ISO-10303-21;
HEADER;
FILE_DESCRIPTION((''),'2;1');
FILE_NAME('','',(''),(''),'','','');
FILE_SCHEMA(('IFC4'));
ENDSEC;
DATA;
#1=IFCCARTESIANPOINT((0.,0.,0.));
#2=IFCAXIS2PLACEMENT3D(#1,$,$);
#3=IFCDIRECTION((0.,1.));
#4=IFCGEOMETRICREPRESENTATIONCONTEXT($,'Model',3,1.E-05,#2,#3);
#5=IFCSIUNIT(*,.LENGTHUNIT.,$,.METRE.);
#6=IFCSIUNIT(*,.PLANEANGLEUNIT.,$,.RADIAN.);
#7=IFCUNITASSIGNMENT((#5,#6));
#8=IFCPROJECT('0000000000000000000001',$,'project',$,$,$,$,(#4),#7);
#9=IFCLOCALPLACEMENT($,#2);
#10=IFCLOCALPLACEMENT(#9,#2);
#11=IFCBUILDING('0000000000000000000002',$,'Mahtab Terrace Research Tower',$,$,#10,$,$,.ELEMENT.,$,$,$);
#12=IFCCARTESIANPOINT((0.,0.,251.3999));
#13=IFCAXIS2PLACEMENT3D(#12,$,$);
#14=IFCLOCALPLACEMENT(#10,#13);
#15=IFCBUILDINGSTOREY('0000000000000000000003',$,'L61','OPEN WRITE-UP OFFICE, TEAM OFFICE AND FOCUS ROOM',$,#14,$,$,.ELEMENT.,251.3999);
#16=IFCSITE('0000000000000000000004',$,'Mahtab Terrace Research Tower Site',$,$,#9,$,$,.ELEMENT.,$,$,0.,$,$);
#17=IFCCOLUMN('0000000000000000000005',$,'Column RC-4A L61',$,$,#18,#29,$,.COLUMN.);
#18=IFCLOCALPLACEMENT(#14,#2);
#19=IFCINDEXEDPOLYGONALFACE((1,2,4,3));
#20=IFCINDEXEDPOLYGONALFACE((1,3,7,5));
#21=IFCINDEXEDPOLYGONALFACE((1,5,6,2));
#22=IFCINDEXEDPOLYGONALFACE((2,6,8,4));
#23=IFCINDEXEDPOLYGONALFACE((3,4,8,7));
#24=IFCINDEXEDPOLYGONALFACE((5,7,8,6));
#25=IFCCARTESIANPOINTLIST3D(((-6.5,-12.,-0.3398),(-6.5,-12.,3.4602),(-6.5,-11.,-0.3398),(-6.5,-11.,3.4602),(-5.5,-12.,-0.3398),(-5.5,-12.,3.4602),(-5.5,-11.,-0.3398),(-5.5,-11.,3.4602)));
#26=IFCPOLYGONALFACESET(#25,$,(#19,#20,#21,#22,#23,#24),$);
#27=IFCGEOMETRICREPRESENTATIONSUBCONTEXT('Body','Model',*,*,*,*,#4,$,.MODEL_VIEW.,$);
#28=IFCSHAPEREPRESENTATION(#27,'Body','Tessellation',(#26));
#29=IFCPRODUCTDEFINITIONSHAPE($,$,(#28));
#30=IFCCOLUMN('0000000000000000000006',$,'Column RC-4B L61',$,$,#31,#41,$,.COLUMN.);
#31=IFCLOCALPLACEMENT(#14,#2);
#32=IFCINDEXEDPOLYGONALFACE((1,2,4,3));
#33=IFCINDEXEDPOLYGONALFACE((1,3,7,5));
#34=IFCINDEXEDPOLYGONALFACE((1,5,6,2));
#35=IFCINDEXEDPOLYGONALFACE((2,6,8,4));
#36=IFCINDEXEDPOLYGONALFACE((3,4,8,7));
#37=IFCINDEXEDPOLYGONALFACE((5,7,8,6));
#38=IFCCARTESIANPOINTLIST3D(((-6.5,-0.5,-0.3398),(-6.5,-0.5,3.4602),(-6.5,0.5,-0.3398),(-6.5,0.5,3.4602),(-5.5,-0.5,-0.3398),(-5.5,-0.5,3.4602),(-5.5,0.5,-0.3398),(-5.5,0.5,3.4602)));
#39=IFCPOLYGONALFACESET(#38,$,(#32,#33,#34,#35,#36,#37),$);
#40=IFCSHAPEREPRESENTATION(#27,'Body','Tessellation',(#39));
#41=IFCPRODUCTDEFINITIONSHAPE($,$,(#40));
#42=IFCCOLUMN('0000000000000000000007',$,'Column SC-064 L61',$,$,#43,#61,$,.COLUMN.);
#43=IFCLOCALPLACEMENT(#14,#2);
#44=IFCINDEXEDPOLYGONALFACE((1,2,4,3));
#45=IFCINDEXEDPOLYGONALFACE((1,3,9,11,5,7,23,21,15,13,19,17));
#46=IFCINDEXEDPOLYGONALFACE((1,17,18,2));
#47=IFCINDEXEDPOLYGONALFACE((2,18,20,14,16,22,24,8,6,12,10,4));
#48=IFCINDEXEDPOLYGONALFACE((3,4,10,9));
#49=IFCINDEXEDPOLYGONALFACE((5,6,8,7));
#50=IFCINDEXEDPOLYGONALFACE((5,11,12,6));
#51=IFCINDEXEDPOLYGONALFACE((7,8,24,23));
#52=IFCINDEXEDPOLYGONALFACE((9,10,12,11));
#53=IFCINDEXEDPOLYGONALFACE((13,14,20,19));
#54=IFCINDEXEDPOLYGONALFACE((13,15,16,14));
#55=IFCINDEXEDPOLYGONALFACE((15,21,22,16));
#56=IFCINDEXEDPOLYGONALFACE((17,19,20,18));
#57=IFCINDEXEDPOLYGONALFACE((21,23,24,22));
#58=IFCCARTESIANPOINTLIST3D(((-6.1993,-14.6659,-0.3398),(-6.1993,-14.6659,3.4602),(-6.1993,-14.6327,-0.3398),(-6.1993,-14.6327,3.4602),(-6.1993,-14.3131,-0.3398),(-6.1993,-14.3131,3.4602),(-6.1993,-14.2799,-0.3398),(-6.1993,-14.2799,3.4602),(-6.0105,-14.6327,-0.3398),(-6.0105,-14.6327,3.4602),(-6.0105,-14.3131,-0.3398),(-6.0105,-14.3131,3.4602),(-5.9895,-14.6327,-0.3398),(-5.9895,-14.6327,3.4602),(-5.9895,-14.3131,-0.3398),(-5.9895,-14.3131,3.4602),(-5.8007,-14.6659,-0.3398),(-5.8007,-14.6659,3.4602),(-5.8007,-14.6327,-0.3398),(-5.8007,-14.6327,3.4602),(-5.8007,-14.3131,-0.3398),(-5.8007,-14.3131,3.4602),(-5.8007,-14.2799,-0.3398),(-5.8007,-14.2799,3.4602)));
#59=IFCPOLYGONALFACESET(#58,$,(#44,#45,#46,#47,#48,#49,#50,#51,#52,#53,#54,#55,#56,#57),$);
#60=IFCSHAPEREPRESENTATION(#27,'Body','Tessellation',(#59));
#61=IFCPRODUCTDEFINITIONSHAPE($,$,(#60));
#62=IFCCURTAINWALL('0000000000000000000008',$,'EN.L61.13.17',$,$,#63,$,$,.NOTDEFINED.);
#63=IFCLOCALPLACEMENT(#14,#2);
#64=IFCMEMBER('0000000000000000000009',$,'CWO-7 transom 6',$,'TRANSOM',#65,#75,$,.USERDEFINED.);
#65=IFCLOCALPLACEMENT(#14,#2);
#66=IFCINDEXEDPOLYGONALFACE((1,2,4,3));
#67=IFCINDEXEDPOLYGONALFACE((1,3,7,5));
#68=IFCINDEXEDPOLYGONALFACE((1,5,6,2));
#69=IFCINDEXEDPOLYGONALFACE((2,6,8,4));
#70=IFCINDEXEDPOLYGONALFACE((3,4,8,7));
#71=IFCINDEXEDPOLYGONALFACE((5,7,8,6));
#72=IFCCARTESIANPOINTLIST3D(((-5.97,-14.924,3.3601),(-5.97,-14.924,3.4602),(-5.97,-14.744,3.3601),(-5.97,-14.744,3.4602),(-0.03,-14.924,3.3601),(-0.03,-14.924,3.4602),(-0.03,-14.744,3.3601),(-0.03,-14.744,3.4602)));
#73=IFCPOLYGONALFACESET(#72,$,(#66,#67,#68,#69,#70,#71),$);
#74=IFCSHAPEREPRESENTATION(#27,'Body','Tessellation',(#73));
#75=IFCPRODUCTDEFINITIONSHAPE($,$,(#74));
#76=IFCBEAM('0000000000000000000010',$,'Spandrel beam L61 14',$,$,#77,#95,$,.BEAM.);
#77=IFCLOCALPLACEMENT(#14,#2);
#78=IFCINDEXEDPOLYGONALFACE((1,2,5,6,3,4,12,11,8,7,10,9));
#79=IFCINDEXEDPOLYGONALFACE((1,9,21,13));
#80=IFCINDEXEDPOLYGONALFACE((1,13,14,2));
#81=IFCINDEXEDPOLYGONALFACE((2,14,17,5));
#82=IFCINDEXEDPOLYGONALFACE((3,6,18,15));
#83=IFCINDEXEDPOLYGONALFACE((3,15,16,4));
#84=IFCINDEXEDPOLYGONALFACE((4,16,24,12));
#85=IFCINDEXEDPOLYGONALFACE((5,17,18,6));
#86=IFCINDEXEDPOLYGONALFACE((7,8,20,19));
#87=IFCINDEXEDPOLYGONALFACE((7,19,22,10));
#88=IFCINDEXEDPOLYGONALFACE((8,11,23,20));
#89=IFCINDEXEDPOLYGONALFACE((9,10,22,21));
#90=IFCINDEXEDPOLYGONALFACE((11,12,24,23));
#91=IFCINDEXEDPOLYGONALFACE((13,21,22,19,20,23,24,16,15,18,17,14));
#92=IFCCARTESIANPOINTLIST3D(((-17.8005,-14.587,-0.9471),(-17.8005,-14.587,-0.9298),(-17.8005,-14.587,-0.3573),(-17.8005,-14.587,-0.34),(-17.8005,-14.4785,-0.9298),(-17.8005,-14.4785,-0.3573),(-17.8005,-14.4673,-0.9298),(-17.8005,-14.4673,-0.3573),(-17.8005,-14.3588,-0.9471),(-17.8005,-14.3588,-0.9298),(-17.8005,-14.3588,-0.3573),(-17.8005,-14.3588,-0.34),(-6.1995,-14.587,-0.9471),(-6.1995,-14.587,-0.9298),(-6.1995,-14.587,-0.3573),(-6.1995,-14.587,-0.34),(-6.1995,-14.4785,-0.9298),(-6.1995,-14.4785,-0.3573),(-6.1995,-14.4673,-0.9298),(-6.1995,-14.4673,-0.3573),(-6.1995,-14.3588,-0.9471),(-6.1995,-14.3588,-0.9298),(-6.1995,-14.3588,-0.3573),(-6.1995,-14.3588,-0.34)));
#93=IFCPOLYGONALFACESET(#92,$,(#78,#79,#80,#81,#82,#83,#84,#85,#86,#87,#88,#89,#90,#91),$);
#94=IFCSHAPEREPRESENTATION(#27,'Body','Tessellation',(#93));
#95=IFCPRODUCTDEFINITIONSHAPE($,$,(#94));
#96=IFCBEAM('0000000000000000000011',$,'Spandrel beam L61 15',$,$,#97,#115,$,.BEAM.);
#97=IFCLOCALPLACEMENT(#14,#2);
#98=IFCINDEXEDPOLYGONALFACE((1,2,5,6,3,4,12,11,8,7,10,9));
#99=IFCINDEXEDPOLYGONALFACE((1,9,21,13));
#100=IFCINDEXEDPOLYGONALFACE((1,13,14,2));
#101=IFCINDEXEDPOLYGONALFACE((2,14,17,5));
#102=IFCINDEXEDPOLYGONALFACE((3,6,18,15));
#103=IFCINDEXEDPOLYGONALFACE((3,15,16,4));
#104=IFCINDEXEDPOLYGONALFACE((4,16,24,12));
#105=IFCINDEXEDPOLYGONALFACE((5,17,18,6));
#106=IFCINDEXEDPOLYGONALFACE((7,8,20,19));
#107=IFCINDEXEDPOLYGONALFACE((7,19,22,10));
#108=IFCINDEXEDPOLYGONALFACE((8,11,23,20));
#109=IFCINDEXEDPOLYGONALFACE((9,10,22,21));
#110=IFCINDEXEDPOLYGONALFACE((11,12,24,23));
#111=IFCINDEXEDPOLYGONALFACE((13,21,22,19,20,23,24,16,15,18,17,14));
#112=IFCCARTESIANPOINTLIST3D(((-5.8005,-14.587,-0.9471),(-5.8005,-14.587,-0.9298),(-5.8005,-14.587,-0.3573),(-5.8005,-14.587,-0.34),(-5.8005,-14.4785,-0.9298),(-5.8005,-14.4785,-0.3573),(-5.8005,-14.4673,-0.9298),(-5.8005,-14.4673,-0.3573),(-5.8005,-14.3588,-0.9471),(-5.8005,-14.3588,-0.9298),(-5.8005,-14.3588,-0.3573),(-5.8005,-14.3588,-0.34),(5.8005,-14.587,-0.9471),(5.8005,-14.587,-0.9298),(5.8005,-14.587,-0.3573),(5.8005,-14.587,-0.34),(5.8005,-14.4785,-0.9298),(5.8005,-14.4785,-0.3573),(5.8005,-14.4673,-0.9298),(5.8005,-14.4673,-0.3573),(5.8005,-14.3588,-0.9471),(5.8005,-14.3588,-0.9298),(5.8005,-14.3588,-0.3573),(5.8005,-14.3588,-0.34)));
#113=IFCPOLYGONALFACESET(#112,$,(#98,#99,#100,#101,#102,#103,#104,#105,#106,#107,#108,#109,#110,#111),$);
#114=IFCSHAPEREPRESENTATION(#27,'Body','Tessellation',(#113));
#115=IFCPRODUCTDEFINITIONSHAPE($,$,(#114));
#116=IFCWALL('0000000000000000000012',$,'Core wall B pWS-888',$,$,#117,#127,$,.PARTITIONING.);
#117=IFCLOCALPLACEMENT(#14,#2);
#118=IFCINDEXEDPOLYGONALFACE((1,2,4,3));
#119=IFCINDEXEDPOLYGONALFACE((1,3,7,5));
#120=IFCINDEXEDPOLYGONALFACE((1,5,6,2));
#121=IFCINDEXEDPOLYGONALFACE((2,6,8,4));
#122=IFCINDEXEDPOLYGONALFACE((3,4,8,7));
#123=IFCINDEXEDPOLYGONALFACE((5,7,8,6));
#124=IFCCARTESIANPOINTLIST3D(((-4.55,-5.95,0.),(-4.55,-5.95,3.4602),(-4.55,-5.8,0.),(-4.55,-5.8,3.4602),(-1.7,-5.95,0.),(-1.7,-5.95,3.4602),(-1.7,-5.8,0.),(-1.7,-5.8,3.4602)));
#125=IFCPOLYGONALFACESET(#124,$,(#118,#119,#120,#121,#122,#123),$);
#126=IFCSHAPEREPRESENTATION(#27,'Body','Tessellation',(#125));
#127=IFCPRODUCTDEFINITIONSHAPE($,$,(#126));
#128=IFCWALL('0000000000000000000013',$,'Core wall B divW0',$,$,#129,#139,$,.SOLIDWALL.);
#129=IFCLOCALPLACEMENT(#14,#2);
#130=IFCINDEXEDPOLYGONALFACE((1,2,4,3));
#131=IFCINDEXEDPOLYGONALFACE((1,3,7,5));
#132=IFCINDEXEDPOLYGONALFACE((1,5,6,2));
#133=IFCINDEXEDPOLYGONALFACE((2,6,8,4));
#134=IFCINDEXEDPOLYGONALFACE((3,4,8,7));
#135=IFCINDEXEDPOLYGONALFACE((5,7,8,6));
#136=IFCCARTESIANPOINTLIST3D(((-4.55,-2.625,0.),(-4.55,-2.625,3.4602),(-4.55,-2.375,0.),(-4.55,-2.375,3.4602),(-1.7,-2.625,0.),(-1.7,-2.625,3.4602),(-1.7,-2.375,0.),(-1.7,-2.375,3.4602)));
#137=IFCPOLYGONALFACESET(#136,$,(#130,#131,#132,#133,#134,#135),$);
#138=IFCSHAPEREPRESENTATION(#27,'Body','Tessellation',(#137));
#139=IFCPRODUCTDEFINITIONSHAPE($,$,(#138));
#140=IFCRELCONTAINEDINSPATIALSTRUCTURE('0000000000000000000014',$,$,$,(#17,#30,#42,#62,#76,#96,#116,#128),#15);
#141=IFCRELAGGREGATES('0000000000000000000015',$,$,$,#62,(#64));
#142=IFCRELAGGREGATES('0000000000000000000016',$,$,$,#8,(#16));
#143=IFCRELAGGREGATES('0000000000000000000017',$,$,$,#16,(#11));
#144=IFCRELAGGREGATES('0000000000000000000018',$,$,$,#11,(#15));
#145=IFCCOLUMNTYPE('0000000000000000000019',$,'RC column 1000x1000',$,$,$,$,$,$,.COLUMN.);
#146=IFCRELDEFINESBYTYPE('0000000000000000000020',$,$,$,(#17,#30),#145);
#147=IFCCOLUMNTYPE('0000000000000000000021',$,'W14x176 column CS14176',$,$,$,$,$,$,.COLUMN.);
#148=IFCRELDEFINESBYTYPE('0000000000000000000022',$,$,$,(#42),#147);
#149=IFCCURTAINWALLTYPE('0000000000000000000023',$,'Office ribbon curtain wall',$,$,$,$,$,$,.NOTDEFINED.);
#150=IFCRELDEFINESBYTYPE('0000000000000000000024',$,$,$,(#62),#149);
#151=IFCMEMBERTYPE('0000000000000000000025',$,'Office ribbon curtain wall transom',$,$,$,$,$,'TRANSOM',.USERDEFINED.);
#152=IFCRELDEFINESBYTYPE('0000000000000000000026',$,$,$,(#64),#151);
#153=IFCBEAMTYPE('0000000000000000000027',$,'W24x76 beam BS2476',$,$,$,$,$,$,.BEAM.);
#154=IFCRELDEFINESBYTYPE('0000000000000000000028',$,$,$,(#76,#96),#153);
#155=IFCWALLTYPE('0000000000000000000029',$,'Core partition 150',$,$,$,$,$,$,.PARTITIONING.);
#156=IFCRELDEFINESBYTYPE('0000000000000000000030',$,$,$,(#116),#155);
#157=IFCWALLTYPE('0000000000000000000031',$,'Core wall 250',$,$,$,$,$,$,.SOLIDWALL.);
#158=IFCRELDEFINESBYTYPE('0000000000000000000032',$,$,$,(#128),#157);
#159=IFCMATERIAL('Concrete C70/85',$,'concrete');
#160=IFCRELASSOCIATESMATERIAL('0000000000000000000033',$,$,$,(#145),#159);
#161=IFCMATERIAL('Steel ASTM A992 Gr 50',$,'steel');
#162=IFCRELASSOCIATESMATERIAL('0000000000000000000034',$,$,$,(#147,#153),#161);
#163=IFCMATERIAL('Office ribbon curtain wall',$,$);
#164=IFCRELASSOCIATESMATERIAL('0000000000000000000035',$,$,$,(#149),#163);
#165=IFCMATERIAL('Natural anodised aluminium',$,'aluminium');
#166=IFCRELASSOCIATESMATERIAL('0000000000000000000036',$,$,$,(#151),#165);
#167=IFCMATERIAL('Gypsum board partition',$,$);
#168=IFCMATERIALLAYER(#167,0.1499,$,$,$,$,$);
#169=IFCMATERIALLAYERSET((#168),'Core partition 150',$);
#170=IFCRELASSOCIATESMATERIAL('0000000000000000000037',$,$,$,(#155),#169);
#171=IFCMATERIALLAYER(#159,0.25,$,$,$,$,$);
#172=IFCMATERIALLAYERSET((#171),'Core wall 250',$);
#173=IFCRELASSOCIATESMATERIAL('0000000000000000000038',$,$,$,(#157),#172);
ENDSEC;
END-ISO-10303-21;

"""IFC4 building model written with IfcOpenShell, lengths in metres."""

from ifc_helpers import new_model, si_unit, direction, frame, frame_2d, origin, origin_2d, place, context, subcontext, project, spatial, rectangle, i_section, extrude, material, layer, layer_set, material_profile, profile_set, type_object, element, aggregate, save


model = new_model("IFC4")

# Units and contexts
model_context = context("Model", 3, precision=1e-05, world=origin(), true_north=direction((0.0, 1.0)))
body_context = subcontext(model_context, "Body", "Model", "MODEL_VIEW")
ifc_project = project(units=[si_unit("LENGTHUNIT", "METRE"), si_unit("PLANEANGLEUNIT", "RADIAN")], contexts=[model_context])

# Site, building, storey
site_placement = place(None, origin())
site = spatial("IfcSite", under=ifc_project, at=site_placement, Name="Mahtab Terrace Research Tower Site", CompositionType="ELEMENT", RefElevation=0.0)
building_placement = place(site_placement, origin())
building = spatial("IfcBuilding", under=site, at=building_placement, Name="Mahtab Terrace Research Tower", CompositionType="ELEMENT")
storey_placement = place(building_placement, frame((0.0, 0.0, 251.3999)))
storey = spatial("IfcBuildingStorey", under=building, at=storey_placement, Name="L61", Description="OPEN WRITE-UP OFFICE, TEAM OFFICE AND FOCUS ROOM", CompositionType="ELEMENT", Elevation=251.3999)

# Columns
ifc_material_1 = material(Name="Concrete C70/85", Category="concrete")
ifc_material_profile_1 = material_profile(ifc_material_1, rectangle(XDim=1.0, YDim=1.0, at=origin_2d()), Name="RC column 1000x1000")
ifc_profile_set_1 = profile_set([ifc_material_profile_1], Name="Concrete C70/85")
column_type_1 = type_object("IfcColumnType", Name="RC column 1000x1000", PredefinedType="COLUMN", material=ifc_profile_set_1)
for number, where, z_axis, x_axis, name in (
    (1, (-6.0, -11.5, -0.3398), (0.0, 0.0, 1.0), (1.0, 0.0, 0.0), "Column RC-4A L61"),
    (2, (-6.0, 0.0, -0.3398), (0.0, 0.0, 1.0), (1.0, 0.0, 0.0), "Column RC-4B L61"),
):
    element("IfcColumn", number, at=place(storey_placement, frame(where, z_axis=z_axis, x_axis=x_axis)), inside=storey, type_object=column_type_1, Name=name, PredefinedType="COLUMN", context=body_context, shape_type="SweptSolid", body=[
        extrude(rectangle(XDim=1.0, YDim=1.0, at=origin_2d()), origin(), (0.0, 0.0, 1.0), 3.8),
    ])
ifc_material_2 = material(Name="Steel ASTM A992 Gr 50", Category="steel")
ifc_material_profile_2 = material_profile(ifc_material_2, i_section(OverallWidth=0.3987, OverallDepth=0.386, WebThickness=0.021, FlangeThickness=0.0332, at=origin_2d()), Name="W14X176")
ifc_profile_set_2 = profile_set([ifc_material_profile_2], Name="Steel ASTM A992 Gr 50")
column_type_2 = type_object("IfcColumnType", Name="W14x176 column CS14176", PredefinedType="COLUMN", material=ifc_profile_set_2)
column_placement = place(storey_placement, frame((-6.0, -14.4729, -0.3398), z_axis=(0.0, 0.0, 1.0), x_axis=(1.0, 0.0, 0.0)))
element("IfcColumn", 3, at=column_placement, inside=storey, type_object=column_type_2, Name="Column SC-064 L61", PredefinedType="COLUMN", context=body_context, shape_type="SweptSolid", body=[
    extrude(i_section(OverallWidth=0.3987, OverallDepth=0.386, WebThickness=0.021, FlangeThickness=0.0332, at=origin_2d()), origin(), (0.0, 0.0, 1.0), 3.8),
])

# Curtain wall, member
ifc_material_3 = material(Name="Office ribbon curtain wall")
curtain_wall_type = type_object("IfcCurtainWallType", Name="Office ribbon curtain wall", PredefinedType="NOTDEFINED", material=ifc_material_3)
curtain_wall_placement = place(storey_placement, origin())
curtain_wall = element("IfcCurtainWall", 4, at=curtain_wall_placement, inside=storey, type_object=curtain_wall_type, Name="EN.L61.13.17", PredefinedType="NOTDEFINED")
ifc_material_4 = material(Name="Natural anodised aluminium", Category="aluminium")
ifc_material_profile_3 = material_profile(ifc_material_4, rectangle(XDim=0.1799, YDim=0.1001, at=origin_2d()), Name="TRANSOM 100x180")
ifc_profile_set_3 = profile_set([ifc_material_profile_3], Name="Natural anodised aluminium")
member_type = type_object("IfcMemberType", Name="Office ribbon curtain wall transom", ElementType="TRANSOM", PredefinedType="USERDEFINED", material=ifc_profile_set_3)
member_placement = place(storey_placement, frame((-5.97, -14.834, 3.4102), z_axis=(1.0, 0.0, 0.0), x_axis=(0.0, 1.0, 0.0)))
member = element("IfcMember", 5, at=member_placement, type_object=member_type, Name="CWO-7 transom 6", ObjectType="TRANSOM", PredefinedType="USERDEFINED", context=body_context, shape_type="SweptSolid", body=[
    extrude(rectangle(XDim=0.1799, YDim=0.1001, at=origin_2d()), origin(), (0.0, 0.0, 1.0), 5.9399),
])
aggregate(curtain_wall, [member])

# Beams
ifc_material_profile_4 = material_profile(ifc_material_2, i_section(OverallWidth=0.2283, OverallDepth=0.6072, WebThickness=0.0112, FlangeThickness=0.0173, at=origin_2d()), Name="W24X76")
ifc_profile_set_4 = profile_set([ifc_material_profile_4], Name="Steel ASTM A992 Gr 50")
beam_type = type_object("IfcBeamType", Name="W24x76 beam BS2476", PredefinedType="BEAM", material=ifc_profile_set_4)
for number, where, z_axis, x_axis, name in (
    (6, (-17.8005, -14.4729, -0.6436), (1.0, 0.0, 0.0), (0.0, 1.0, 0.0), "Spandrel beam L61 14"),
    (7, (-5.8005, -14.4729, -0.6436), (1.0, 0.0, 0.0), (0.0, 1.0, 0.0), "Spandrel beam L61 15"),
):
    element("IfcBeam", number, at=place(storey_placement, frame(where, z_axis=z_axis, x_axis=x_axis)), inside=storey, type_object=beam_type, Name=name, PredefinedType="BEAM", context=body_context, shape_type="SweptSolid", body=[
        extrude(i_section(OverallWidth=0.2283, OverallDepth=0.6072, WebThickness=0.0112, FlangeThickness=0.0173, at=origin_2d()), origin(), (0.0, 0.0, 1.0), 11.6011),
    ])

# Walls
ifc_material_5 = material(Name="Gypsum board partition")
ifc_layer_1 = layer(ifc_material_5, 0.1499)
ifc_layer_set_1 = layer_set([ifc_layer_1], Name="Core partition 150")
wall_type_1 = type_object("IfcWallType", Name="Core partition 150", PredefinedType="PARTITIONING", material=ifc_layer_set_1)
wall_1_placement = place(storey_placement, frame((-4.55, -5.875, 0.0), z_axis=(0.0, 0.0, 1.0), x_axis=(1.0, 0.0, 0.0)))
element("IfcWall", 8, at=wall_1_placement, inside=storey, type_object=wall_type_1, Name="Core wall B pWS-888", PredefinedType="PARTITIONING", context=body_context, shape_type="SweptSolid", body=[
    extrude(rectangle(XDim=2.8501, YDim=0.1499, at=frame_2d((1.425, 0.0))), origin(), (0.0, 0.0, 1.0), 3.4602),
])
ifc_layer_2 = layer(ifc_material_1, 0.25)
ifc_layer_set_2 = layer_set([ifc_layer_2], Name="Core wall 250")
wall_type_2 = type_object("IfcWallType", Name="Core wall 250", PredefinedType="SOLIDWALL", material=ifc_layer_set_2)
wall_2_placement = place(storey_placement, frame((-4.55, -2.5, 0.0), z_axis=(0.0, 0.0, 1.0), x_axis=(1.0, 0.0, 0.0)))
element("IfcWall", 9, at=wall_2_placement, inside=storey, type_object=wall_type_2, Name="Core wall B divW0", PredefinedType="SOLIDWALL", context=body_context, shape_type="SweptSolid", body=[
    extrude(rectangle(XDim=2.8501, YDim=0.25, at=frame_2d((1.425, 0.0))), origin(), (0.0, 0.0, 1.0), 3.4602),
])

save(model, "model.ifc")
